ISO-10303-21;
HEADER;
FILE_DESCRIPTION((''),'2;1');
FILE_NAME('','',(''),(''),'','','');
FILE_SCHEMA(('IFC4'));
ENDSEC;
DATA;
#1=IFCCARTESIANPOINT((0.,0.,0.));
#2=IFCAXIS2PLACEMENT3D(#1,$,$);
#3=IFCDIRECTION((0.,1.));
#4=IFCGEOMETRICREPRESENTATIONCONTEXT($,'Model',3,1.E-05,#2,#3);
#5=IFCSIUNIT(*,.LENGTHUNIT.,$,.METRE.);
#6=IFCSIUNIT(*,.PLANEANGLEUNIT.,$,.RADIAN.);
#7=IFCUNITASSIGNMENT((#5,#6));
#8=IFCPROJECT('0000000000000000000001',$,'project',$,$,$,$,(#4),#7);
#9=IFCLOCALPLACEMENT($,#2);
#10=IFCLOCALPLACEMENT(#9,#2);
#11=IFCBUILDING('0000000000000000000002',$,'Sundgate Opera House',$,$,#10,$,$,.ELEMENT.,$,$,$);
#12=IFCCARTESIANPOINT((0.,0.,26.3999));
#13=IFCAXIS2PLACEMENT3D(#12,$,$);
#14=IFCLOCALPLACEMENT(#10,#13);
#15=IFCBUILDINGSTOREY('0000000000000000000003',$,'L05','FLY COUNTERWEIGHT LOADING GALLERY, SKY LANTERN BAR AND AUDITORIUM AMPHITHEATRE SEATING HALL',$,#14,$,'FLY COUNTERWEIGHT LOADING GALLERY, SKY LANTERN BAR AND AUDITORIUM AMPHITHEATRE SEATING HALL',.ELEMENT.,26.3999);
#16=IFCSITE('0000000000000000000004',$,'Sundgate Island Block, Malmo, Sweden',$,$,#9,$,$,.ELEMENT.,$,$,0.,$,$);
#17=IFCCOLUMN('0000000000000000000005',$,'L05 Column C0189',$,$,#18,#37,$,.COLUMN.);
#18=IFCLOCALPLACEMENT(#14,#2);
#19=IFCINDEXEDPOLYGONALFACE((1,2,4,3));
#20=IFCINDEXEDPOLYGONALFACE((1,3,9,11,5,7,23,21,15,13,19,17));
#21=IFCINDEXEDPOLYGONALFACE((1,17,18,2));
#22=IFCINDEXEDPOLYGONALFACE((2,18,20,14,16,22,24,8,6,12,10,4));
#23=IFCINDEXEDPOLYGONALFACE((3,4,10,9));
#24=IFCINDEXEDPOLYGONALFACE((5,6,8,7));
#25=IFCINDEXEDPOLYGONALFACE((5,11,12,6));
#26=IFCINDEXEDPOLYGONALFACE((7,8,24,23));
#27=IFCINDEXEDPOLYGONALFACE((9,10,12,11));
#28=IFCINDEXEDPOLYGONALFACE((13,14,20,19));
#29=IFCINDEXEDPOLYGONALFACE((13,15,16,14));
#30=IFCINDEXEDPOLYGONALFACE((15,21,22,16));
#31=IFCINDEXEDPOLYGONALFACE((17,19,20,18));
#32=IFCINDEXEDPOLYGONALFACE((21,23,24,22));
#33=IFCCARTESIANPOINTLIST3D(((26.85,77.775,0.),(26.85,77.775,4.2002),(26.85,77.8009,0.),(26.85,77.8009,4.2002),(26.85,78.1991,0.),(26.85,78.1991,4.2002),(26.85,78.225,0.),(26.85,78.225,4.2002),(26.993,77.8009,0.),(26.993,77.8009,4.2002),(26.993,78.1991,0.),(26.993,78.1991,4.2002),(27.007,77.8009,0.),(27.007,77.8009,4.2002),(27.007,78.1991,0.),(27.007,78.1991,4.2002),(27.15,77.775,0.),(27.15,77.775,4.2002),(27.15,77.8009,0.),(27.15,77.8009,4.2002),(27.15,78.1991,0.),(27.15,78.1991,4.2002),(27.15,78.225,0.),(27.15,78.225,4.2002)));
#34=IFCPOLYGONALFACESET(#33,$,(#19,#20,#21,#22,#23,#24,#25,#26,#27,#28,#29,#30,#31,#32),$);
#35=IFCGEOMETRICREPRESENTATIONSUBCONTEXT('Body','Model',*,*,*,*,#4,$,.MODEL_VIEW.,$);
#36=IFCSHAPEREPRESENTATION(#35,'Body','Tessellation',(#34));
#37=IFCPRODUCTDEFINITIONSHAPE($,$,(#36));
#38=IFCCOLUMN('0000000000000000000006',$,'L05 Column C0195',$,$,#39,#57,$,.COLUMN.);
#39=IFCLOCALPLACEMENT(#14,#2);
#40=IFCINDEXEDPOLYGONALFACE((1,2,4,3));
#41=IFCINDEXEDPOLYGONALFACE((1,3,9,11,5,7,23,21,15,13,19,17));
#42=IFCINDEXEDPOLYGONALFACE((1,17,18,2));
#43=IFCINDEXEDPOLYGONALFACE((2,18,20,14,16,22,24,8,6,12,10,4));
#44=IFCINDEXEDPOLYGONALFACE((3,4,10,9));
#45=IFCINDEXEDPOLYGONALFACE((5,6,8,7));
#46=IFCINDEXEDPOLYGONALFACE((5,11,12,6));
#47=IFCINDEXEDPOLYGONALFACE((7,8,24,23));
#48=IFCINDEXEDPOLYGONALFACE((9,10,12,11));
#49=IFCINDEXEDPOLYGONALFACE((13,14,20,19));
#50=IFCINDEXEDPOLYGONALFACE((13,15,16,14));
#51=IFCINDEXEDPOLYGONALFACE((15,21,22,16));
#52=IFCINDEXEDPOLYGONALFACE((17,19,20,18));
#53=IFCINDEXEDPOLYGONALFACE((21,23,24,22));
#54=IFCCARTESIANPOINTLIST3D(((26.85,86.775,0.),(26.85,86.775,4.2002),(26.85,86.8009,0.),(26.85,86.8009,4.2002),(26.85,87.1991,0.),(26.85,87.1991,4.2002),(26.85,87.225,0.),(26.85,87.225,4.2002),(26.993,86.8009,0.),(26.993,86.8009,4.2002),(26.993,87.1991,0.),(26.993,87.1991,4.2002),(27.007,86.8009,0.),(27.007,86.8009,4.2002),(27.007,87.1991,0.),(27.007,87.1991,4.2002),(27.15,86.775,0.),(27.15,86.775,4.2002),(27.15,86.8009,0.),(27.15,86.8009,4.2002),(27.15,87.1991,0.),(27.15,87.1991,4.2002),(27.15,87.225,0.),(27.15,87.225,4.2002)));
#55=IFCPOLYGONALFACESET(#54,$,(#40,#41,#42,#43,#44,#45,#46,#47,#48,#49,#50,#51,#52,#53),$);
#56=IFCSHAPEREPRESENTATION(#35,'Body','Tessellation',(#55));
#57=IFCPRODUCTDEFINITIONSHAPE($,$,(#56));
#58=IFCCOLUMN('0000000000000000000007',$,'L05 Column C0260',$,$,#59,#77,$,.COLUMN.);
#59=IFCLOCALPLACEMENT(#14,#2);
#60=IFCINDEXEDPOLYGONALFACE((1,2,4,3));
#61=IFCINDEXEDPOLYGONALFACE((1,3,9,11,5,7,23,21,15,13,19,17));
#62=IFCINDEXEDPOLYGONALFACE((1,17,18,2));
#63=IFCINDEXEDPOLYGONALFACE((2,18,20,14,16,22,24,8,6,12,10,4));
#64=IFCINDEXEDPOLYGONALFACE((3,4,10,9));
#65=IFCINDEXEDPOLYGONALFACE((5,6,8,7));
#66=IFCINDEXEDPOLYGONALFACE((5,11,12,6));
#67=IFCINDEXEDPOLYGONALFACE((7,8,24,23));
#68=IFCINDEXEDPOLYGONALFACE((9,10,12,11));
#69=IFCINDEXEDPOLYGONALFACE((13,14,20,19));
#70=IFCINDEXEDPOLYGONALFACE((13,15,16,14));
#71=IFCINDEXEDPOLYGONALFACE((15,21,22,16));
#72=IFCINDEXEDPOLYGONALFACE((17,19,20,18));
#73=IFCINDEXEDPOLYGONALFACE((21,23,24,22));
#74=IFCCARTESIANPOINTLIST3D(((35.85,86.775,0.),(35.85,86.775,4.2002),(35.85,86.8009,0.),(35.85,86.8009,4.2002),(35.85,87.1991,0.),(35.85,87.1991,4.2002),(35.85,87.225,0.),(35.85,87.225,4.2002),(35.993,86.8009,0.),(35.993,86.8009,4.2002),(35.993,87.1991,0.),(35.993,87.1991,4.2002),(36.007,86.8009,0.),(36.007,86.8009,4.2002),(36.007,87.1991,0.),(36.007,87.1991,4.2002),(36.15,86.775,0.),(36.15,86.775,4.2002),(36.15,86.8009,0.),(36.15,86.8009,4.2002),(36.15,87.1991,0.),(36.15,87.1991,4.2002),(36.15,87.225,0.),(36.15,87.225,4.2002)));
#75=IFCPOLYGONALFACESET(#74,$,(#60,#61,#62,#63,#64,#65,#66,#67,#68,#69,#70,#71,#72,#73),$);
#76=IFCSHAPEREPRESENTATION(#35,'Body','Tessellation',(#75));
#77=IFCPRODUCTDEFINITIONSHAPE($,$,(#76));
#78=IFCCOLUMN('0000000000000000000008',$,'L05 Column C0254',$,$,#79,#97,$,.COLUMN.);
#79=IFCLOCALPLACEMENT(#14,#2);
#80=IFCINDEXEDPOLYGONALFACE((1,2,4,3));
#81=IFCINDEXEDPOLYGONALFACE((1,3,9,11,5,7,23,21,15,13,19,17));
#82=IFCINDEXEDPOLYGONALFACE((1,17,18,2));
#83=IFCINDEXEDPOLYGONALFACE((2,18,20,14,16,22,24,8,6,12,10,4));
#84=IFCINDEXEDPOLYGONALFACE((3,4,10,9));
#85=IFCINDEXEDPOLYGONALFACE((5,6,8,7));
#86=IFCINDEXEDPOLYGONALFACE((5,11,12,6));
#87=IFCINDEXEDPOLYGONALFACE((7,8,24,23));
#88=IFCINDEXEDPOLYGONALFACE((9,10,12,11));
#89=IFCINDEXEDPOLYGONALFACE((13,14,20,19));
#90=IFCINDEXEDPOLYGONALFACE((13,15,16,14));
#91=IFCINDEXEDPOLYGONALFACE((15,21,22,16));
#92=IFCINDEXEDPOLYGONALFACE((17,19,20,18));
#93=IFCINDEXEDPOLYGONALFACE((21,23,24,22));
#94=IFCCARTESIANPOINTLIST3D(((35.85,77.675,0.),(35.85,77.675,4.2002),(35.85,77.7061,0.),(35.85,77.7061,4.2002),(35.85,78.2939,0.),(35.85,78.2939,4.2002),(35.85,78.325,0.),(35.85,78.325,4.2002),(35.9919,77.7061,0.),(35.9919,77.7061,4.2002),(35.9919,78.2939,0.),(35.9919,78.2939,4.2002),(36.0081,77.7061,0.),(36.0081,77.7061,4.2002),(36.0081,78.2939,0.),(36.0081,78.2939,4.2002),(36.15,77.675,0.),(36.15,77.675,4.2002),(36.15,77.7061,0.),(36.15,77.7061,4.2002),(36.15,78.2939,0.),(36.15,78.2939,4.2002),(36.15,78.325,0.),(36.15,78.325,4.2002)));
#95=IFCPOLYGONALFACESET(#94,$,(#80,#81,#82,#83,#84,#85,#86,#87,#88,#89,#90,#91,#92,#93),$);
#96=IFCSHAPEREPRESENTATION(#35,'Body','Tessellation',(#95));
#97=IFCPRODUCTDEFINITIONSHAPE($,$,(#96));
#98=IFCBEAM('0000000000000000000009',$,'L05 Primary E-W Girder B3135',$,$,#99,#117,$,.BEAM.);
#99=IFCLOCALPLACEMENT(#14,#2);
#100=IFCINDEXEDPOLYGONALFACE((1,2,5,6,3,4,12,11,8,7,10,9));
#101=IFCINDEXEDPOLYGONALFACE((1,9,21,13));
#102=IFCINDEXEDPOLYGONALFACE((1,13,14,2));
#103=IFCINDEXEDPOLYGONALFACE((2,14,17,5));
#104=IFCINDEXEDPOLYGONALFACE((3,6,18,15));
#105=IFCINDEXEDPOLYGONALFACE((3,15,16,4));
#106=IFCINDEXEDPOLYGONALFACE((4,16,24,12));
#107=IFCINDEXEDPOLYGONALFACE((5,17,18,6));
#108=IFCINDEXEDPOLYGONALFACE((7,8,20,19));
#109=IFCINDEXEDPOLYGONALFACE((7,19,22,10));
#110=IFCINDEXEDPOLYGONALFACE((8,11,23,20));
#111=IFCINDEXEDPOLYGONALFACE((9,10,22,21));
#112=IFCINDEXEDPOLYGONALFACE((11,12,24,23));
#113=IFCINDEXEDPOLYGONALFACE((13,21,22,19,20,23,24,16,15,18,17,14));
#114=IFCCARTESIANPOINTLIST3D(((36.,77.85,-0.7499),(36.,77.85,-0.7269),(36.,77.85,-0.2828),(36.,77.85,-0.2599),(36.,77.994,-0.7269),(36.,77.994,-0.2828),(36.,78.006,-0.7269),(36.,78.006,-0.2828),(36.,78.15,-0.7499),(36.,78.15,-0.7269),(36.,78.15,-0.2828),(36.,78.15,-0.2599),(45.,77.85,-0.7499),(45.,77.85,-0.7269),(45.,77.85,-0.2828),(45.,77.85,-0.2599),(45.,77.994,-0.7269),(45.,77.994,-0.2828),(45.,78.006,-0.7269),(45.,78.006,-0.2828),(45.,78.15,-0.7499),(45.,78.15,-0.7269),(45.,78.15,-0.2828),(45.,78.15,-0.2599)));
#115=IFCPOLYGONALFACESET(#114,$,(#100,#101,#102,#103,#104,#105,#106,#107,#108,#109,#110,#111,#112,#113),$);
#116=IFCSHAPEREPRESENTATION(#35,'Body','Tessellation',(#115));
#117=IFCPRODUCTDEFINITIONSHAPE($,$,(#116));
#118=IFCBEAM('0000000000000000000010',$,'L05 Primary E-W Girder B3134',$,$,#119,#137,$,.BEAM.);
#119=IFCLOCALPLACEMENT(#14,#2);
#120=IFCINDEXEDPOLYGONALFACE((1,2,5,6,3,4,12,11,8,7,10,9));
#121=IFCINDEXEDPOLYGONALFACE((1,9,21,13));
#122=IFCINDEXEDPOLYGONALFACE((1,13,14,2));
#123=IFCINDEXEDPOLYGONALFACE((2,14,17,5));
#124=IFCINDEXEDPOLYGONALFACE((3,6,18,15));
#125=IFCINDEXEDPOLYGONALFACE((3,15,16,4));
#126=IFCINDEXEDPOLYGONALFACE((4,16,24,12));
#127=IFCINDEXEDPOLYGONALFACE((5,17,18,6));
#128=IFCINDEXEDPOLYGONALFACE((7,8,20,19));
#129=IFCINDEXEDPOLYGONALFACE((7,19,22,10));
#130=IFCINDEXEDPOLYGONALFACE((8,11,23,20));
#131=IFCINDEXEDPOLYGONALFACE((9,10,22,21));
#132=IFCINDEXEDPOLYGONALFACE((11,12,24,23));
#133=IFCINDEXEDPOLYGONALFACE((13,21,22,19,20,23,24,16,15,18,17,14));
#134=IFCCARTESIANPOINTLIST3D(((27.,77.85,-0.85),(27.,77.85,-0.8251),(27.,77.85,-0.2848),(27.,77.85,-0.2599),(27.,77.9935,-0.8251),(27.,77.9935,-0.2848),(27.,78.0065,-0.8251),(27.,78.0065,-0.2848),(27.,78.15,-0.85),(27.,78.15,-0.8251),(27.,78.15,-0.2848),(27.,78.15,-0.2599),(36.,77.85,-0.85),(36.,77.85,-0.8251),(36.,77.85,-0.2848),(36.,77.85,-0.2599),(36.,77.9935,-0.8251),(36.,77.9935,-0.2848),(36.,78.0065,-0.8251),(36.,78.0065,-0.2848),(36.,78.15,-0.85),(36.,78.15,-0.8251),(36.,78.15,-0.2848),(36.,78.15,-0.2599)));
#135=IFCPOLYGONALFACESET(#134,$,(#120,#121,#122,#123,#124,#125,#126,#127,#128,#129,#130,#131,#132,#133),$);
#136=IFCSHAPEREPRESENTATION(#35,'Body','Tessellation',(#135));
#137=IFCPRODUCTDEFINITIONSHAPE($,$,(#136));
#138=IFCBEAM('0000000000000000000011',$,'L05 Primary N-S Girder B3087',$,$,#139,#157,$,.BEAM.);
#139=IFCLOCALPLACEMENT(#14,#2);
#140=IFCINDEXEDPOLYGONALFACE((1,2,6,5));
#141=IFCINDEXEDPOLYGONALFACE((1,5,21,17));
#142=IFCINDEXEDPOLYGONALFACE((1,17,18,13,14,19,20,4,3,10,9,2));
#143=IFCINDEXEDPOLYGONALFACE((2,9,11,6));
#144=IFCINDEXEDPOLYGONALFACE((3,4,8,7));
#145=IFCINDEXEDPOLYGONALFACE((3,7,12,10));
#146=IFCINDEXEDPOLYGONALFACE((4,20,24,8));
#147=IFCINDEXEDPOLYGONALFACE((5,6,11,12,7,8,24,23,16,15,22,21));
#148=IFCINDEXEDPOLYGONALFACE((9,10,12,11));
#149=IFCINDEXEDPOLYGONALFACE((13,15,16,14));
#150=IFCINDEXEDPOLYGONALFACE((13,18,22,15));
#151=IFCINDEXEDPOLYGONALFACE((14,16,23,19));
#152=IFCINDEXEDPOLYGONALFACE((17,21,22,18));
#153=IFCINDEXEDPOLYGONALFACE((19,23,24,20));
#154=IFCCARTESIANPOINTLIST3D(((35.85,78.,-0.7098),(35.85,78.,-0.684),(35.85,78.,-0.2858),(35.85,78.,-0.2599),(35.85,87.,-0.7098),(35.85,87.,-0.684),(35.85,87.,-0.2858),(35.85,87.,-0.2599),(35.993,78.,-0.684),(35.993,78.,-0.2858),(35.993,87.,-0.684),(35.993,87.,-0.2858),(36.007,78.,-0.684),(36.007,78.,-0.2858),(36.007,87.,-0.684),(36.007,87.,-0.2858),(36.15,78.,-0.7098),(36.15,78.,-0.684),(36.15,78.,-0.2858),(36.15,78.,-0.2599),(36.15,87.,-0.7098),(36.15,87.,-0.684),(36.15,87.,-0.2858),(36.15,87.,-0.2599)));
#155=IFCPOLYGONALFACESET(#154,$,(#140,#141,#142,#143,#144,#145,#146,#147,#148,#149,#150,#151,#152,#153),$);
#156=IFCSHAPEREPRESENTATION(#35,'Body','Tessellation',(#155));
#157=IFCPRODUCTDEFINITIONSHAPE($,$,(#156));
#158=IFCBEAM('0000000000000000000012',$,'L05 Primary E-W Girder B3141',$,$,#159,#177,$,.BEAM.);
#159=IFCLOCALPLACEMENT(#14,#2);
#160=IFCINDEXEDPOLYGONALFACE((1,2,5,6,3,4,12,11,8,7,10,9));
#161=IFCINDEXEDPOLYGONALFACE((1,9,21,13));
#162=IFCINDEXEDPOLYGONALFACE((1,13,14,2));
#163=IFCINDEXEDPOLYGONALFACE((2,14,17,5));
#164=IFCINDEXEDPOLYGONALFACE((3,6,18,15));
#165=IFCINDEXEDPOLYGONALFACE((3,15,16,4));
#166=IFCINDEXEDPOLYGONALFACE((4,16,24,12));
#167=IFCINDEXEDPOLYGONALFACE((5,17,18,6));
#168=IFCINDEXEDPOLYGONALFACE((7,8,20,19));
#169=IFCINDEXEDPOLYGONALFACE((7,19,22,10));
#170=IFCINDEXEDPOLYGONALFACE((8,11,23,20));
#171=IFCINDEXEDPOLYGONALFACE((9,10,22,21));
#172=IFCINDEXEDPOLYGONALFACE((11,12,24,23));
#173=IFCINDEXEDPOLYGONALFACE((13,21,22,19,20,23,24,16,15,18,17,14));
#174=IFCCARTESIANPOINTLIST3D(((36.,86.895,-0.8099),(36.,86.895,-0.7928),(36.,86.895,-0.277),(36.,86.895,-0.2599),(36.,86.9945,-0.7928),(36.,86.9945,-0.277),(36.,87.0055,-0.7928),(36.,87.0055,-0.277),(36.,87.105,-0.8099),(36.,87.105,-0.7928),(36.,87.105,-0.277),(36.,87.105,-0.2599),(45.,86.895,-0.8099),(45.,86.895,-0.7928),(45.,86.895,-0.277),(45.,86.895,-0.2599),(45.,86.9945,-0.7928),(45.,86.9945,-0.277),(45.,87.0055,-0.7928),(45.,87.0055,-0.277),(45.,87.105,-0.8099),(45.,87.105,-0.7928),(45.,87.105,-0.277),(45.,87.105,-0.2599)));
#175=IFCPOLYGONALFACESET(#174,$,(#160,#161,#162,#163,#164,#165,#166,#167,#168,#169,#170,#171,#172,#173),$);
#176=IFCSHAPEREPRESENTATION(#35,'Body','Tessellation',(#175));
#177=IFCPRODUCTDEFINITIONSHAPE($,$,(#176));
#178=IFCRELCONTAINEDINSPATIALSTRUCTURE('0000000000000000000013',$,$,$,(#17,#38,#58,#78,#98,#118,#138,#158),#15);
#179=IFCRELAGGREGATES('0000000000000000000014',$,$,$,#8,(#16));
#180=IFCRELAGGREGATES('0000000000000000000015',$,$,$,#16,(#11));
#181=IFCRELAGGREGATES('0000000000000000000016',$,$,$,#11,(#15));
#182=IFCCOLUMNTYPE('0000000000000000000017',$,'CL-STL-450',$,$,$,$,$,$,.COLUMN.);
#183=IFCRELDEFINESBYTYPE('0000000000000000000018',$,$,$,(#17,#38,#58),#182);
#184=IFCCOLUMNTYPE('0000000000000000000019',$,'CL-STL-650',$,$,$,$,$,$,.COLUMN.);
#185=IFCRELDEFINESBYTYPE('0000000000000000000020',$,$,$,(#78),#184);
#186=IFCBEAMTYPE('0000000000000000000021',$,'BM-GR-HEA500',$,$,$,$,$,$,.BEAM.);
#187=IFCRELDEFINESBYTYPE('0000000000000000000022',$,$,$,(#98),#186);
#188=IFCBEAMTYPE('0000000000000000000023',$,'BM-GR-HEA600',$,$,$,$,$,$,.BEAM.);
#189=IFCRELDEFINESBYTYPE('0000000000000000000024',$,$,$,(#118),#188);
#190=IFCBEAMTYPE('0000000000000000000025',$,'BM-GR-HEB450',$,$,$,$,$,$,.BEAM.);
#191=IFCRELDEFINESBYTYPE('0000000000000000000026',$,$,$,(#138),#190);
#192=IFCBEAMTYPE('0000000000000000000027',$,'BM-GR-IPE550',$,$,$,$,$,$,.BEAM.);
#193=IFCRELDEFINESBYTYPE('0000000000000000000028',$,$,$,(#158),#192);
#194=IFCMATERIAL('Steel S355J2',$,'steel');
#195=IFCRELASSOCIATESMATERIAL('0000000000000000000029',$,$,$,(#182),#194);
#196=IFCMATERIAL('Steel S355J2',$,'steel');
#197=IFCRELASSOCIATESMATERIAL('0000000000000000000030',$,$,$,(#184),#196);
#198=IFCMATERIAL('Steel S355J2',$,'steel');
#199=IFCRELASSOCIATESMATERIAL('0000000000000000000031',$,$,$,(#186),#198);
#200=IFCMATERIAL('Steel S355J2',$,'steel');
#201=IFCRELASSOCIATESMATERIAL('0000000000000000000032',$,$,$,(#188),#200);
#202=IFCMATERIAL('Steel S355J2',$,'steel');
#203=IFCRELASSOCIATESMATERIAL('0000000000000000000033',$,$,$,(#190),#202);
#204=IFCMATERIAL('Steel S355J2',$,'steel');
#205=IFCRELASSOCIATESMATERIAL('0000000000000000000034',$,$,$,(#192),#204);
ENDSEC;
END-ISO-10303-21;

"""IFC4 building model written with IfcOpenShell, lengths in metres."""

from ifc_helpers import new_model, si_unit, direction, frame, origin, origin_2d, place, context, subcontext, project, spatial, i_section, extrude, material, material_profile, profile_set, type_object, element, save


model = new_model("IFC4")

# Units and contexts
model_context = context("Model", 3, precision=1e-05, world=origin(), true_north=direction((0.0, 1.0)))
body_context = subcontext(model_context, "Body", "Model", "MODEL_VIEW")
ifc_project = project(units=[si_unit("LENGTHUNIT", "METRE"), si_unit("PLANEANGLEUNIT", "RADIAN")], contexts=[model_context])

# Site, building, storey
site_placement = place(None, origin())
site = spatial("IfcSite", under=ifc_project, at=site_placement, Name="Sundgate Island Block, Malmo, Sweden", CompositionType="ELEMENT", RefElevation=0.0)
building_placement = place(site_placement, origin())
building = spatial("IfcBuilding", under=site, at=building_placement, Name="Sundgate Opera House", CompositionType="ELEMENT")
storey_placement = place(building_placement, frame((0.0, 0.0, 26.3999)))
storey = spatial("IfcBuildingStorey", under=building, at=storey_placement, Name="L05", Description="FLY COUNTERWEIGHT LOADING GALLERY, SKY LANTERN BAR AND AUDITORIUM AMPHITHEATRE SEATING HALL", LongName="FLY COUNTERWEIGHT LOADING GALLERY, SKY LANTERN BAR AND AUDITORIUM AMPHITHEATRE SEATING HALL", CompositionType="ELEMENT", Elevation=26.3999)

# Columns
ifc_material_1 = material(Name="Steel S355J2", Category="steel")
ifc_material_profile_1 = material_profile(ifc_material_1, i_section(OverallWidth=0.3, OverallDepth=0.45, WebThickness=0.0139, FlangeThickness=0.0259, at=origin_2d()), Name="HEB 450")
ifc_profile_set_1 = profile_set([ifc_material_profile_1], Name="Steel S355J2")
column_type_1 = type_object("IfcColumnType", Name="CL-STL-450", PredefinedType="COLUMN", material=ifc_profile_set_1)
for number, where, z_axis, x_axis, name in (
    (1, (27.0, 78.0, 0.0), (0.0, 0.0, 1.0), (1.0, 0.0, 0.0), "L05 Column C0189"),
    (2, (27.0, 87.0, 0.0), (0.0, 0.0, 1.0), (1.0, 0.0, 0.0), "L05 Column C0195"),
    (3, (36.0, 87.0, 0.0), (0.0, 0.0, 1.0), (1.0, 0.0, 0.0), "L05 Column C0260"),
):
    element("IfcColumn", number, at=place(storey_placement, frame(where, z_axis=z_axis, x_axis=x_axis)), inside=storey, type_object=column_type_1, Name=name, PredefinedType="COLUMN", context=body_context, shape_type="SweptSolid", body=[
        extrude(i_section(OverallWidth=0.3, OverallDepth=0.45, WebThickness=0.0139, FlangeThickness=0.0259, at=origin_2d()), origin(), (0.0, 0.0, 1.0), 4.2002),
    ])
ifc_material_2 = material(Name="Steel S355J2", Category="steel")
ifc_material_profile_2 = material_profile(ifc_material_2, i_section(OverallWidth=0.3, OverallDepth=0.6499, WebThickness=0.0161, FlangeThickness=0.031, at=origin_2d()), Name="HEB 650")
ifc_profile_set_2 = profile_set([ifc_material_profile_2], Name="Steel S355J2")
column_type_2 = type_object("IfcColumnType", Name="CL-STL-650", PredefinedType="COLUMN", material=ifc_profile_set_2)
column_placement = place(storey_placement, frame((36.0, 78.0, 0.0), z_axis=(0.0, 0.0, 1.0), x_axis=(1.0, 0.0, 0.0)))
element("IfcColumn", 4, at=column_placement, inside=storey, type_object=column_type_2, Name="L05 Column C0254", PredefinedType="COLUMN", context=body_context, shape_type="SweptSolid", body=[
    extrude(i_section(OverallWidth=0.3, OverallDepth=0.6499, WebThickness=0.0161, FlangeThickness=0.031, at=origin_2d()), origin(), (0.0, 0.0, 1.0), 4.2002),
])

# Beams
ifc_material_3 = material(Name="Steel S355J2", Category="steel")
ifc_material_profile_3 = material_profile(ifc_material_3, i_section(OverallWidth=0.3, OverallDepth=0.49, WebThickness=0.012, FlangeThickness=0.0229, at=origin_2d()), Name="HEA 500")
ifc_profile_set_3 = profile_set([ifc_material_profile_3], Name="Steel S355J2")
beam_type_1 = type_object("IfcBeamType", Name="BM-GR-HEA500", PredefinedType="BEAM", material=ifc_profile_set_3)
beam_1_placement = place(storey_placement, frame((36.0, 78.0, -0.5049), z_axis=(1.0, 0.0, 0.0), x_axis=(0.0, 1.0, 0.0)))
element("IfcBeam", 5, at=beam_1_placement, inside=storey, type_object=beam_type_1, Name="L05 Primary E-W Girder B3135", PredefinedType="BEAM", context=body_context, shape_type="SweptSolid", body=[
    extrude(i_section(OverallWidth=0.3, OverallDepth=0.49, WebThickness=0.012, FlangeThickness=0.0229, at=origin_2d()), origin(), (0.0, 0.0, 1.0), 9.0),
])
ifc_material_4 = material(Name="Steel S355J2", Category="steel")
ifc_material_profile_4 = material_profile(ifc_material_4, i_section(OverallWidth=0.3, OverallDepth=0.5901, WebThickness=0.0129, FlangeThickness=0.0249, at=origin_2d()), Name="HEA 600")
ifc_profile_set_4 = profile_set([ifc_material_profile_4], Name="Steel S355J2")
beam_type_2 = type_object("IfcBeamType", Name="BM-GR-HEA600", PredefinedType="BEAM", material=ifc_profile_set_4)
beam_2_placement = place(storey_placement, frame((27.0, 78.0, -0.5549), z_axis=(1.0, 0.0, 0.0), x_axis=(0.0, 1.0, 0.0)))
element("IfcBeam", 6, at=beam_2_placement, inside=storey, type_object=beam_type_2, Name="L05 Primary E-W Girder B3134", PredefinedType="BEAM", context=body_context, shape_type="SweptSolid", body=[
    extrude(i_section(OverallWidth=0.3, OverallDepth=0.5901, WebThickness=0.0129, FlangeThickness=0.0249, at=origin_2d()), origin(), (0.0, 0.0, 1.0), 9.0),
])
ifc_material_5 = material(Name="Steel S355J2", Category="steel")
ifc_material_profile_5 = material_profile(ifc_material_5, i_section(OverallWidth=0.3, OverallDepth=0.45, WebThickness=0.0139, FlangeThickness=0.0259, at=origin_2d()), Name="HEB 450")
ifc_profile_set_5 = profile_set([ifc_material_profile_5], Name="Steel S355J2")
beam_type_3 = type_object("IfcBeamType", Name="BM-GR-HEB450", PredefinedType="BEAM", material=ifc_profile_set_5)
beam_3_placement = place(storey_placement, frame((36.0, 78.0, -0.4849), z_axis=(0.0, 1.0, 0.0), x_axis=(-1.0, 0.0, 0.0)))
element("IfcBeam", 7, at=beam_3_placement, inside=storey, type_object=beam_type_3, Name="L05 Primary N-S Girder B3087", PredefinedType="BEAM", context=body_context, shape_type="SweptSolid", body=[
    extrude(i_section(OverallWidth=0.3, OverallDepth=0.45, WebThickness=0.0139, FlangeThickness=0.0259, at=origin_2d()), origin(), (0.0, 0.0, 1.0), 9.0),
])
ifc_material_6 = material(Name="Steel S355J2", Category="steel")
ifc_material_profile_6 = material_profile(ifc_material_6, i_section(OverallWidth=0.21, OverallDepth=0.55, WebThickness=0.011, FlangeThickness=0.0171, at=origin_2d()), Name="IPE 550")
ifc_profile_set_6 = profile_set([ifc_material_profile_6], Name="Steel S355J2")
beam_type_4 = type_object("IfcBeamType", Name="BM-GR-IPE550", PredefinedType="BEAM", material=ifc_profile_set_6)
beam_4_placement = place(storey_placement, frame((36.0, 87.0, -0.5349), z_axis=(1.0, 0.0, 0.0), x_axis=(0.0, 1.0, 0.0)))
element("IfcBeam", 8, at=beam_4_placement, inside=storey, type_object=beam_type_4, Name="L05 Primary E-W Girder B3141", PredefinedType="BEAM", context=body_context, shape_type="SweptSolid", body=[
    extrude(i_section(OverallWidth=0.21, OverallDepth=0.55, WebThickness=0.011, FlangeThickness=0.0171, at=origin_2d()), origin(), (0.0, 0.0, 1.0), 9.0),
])

save(model, "model.ifc")
